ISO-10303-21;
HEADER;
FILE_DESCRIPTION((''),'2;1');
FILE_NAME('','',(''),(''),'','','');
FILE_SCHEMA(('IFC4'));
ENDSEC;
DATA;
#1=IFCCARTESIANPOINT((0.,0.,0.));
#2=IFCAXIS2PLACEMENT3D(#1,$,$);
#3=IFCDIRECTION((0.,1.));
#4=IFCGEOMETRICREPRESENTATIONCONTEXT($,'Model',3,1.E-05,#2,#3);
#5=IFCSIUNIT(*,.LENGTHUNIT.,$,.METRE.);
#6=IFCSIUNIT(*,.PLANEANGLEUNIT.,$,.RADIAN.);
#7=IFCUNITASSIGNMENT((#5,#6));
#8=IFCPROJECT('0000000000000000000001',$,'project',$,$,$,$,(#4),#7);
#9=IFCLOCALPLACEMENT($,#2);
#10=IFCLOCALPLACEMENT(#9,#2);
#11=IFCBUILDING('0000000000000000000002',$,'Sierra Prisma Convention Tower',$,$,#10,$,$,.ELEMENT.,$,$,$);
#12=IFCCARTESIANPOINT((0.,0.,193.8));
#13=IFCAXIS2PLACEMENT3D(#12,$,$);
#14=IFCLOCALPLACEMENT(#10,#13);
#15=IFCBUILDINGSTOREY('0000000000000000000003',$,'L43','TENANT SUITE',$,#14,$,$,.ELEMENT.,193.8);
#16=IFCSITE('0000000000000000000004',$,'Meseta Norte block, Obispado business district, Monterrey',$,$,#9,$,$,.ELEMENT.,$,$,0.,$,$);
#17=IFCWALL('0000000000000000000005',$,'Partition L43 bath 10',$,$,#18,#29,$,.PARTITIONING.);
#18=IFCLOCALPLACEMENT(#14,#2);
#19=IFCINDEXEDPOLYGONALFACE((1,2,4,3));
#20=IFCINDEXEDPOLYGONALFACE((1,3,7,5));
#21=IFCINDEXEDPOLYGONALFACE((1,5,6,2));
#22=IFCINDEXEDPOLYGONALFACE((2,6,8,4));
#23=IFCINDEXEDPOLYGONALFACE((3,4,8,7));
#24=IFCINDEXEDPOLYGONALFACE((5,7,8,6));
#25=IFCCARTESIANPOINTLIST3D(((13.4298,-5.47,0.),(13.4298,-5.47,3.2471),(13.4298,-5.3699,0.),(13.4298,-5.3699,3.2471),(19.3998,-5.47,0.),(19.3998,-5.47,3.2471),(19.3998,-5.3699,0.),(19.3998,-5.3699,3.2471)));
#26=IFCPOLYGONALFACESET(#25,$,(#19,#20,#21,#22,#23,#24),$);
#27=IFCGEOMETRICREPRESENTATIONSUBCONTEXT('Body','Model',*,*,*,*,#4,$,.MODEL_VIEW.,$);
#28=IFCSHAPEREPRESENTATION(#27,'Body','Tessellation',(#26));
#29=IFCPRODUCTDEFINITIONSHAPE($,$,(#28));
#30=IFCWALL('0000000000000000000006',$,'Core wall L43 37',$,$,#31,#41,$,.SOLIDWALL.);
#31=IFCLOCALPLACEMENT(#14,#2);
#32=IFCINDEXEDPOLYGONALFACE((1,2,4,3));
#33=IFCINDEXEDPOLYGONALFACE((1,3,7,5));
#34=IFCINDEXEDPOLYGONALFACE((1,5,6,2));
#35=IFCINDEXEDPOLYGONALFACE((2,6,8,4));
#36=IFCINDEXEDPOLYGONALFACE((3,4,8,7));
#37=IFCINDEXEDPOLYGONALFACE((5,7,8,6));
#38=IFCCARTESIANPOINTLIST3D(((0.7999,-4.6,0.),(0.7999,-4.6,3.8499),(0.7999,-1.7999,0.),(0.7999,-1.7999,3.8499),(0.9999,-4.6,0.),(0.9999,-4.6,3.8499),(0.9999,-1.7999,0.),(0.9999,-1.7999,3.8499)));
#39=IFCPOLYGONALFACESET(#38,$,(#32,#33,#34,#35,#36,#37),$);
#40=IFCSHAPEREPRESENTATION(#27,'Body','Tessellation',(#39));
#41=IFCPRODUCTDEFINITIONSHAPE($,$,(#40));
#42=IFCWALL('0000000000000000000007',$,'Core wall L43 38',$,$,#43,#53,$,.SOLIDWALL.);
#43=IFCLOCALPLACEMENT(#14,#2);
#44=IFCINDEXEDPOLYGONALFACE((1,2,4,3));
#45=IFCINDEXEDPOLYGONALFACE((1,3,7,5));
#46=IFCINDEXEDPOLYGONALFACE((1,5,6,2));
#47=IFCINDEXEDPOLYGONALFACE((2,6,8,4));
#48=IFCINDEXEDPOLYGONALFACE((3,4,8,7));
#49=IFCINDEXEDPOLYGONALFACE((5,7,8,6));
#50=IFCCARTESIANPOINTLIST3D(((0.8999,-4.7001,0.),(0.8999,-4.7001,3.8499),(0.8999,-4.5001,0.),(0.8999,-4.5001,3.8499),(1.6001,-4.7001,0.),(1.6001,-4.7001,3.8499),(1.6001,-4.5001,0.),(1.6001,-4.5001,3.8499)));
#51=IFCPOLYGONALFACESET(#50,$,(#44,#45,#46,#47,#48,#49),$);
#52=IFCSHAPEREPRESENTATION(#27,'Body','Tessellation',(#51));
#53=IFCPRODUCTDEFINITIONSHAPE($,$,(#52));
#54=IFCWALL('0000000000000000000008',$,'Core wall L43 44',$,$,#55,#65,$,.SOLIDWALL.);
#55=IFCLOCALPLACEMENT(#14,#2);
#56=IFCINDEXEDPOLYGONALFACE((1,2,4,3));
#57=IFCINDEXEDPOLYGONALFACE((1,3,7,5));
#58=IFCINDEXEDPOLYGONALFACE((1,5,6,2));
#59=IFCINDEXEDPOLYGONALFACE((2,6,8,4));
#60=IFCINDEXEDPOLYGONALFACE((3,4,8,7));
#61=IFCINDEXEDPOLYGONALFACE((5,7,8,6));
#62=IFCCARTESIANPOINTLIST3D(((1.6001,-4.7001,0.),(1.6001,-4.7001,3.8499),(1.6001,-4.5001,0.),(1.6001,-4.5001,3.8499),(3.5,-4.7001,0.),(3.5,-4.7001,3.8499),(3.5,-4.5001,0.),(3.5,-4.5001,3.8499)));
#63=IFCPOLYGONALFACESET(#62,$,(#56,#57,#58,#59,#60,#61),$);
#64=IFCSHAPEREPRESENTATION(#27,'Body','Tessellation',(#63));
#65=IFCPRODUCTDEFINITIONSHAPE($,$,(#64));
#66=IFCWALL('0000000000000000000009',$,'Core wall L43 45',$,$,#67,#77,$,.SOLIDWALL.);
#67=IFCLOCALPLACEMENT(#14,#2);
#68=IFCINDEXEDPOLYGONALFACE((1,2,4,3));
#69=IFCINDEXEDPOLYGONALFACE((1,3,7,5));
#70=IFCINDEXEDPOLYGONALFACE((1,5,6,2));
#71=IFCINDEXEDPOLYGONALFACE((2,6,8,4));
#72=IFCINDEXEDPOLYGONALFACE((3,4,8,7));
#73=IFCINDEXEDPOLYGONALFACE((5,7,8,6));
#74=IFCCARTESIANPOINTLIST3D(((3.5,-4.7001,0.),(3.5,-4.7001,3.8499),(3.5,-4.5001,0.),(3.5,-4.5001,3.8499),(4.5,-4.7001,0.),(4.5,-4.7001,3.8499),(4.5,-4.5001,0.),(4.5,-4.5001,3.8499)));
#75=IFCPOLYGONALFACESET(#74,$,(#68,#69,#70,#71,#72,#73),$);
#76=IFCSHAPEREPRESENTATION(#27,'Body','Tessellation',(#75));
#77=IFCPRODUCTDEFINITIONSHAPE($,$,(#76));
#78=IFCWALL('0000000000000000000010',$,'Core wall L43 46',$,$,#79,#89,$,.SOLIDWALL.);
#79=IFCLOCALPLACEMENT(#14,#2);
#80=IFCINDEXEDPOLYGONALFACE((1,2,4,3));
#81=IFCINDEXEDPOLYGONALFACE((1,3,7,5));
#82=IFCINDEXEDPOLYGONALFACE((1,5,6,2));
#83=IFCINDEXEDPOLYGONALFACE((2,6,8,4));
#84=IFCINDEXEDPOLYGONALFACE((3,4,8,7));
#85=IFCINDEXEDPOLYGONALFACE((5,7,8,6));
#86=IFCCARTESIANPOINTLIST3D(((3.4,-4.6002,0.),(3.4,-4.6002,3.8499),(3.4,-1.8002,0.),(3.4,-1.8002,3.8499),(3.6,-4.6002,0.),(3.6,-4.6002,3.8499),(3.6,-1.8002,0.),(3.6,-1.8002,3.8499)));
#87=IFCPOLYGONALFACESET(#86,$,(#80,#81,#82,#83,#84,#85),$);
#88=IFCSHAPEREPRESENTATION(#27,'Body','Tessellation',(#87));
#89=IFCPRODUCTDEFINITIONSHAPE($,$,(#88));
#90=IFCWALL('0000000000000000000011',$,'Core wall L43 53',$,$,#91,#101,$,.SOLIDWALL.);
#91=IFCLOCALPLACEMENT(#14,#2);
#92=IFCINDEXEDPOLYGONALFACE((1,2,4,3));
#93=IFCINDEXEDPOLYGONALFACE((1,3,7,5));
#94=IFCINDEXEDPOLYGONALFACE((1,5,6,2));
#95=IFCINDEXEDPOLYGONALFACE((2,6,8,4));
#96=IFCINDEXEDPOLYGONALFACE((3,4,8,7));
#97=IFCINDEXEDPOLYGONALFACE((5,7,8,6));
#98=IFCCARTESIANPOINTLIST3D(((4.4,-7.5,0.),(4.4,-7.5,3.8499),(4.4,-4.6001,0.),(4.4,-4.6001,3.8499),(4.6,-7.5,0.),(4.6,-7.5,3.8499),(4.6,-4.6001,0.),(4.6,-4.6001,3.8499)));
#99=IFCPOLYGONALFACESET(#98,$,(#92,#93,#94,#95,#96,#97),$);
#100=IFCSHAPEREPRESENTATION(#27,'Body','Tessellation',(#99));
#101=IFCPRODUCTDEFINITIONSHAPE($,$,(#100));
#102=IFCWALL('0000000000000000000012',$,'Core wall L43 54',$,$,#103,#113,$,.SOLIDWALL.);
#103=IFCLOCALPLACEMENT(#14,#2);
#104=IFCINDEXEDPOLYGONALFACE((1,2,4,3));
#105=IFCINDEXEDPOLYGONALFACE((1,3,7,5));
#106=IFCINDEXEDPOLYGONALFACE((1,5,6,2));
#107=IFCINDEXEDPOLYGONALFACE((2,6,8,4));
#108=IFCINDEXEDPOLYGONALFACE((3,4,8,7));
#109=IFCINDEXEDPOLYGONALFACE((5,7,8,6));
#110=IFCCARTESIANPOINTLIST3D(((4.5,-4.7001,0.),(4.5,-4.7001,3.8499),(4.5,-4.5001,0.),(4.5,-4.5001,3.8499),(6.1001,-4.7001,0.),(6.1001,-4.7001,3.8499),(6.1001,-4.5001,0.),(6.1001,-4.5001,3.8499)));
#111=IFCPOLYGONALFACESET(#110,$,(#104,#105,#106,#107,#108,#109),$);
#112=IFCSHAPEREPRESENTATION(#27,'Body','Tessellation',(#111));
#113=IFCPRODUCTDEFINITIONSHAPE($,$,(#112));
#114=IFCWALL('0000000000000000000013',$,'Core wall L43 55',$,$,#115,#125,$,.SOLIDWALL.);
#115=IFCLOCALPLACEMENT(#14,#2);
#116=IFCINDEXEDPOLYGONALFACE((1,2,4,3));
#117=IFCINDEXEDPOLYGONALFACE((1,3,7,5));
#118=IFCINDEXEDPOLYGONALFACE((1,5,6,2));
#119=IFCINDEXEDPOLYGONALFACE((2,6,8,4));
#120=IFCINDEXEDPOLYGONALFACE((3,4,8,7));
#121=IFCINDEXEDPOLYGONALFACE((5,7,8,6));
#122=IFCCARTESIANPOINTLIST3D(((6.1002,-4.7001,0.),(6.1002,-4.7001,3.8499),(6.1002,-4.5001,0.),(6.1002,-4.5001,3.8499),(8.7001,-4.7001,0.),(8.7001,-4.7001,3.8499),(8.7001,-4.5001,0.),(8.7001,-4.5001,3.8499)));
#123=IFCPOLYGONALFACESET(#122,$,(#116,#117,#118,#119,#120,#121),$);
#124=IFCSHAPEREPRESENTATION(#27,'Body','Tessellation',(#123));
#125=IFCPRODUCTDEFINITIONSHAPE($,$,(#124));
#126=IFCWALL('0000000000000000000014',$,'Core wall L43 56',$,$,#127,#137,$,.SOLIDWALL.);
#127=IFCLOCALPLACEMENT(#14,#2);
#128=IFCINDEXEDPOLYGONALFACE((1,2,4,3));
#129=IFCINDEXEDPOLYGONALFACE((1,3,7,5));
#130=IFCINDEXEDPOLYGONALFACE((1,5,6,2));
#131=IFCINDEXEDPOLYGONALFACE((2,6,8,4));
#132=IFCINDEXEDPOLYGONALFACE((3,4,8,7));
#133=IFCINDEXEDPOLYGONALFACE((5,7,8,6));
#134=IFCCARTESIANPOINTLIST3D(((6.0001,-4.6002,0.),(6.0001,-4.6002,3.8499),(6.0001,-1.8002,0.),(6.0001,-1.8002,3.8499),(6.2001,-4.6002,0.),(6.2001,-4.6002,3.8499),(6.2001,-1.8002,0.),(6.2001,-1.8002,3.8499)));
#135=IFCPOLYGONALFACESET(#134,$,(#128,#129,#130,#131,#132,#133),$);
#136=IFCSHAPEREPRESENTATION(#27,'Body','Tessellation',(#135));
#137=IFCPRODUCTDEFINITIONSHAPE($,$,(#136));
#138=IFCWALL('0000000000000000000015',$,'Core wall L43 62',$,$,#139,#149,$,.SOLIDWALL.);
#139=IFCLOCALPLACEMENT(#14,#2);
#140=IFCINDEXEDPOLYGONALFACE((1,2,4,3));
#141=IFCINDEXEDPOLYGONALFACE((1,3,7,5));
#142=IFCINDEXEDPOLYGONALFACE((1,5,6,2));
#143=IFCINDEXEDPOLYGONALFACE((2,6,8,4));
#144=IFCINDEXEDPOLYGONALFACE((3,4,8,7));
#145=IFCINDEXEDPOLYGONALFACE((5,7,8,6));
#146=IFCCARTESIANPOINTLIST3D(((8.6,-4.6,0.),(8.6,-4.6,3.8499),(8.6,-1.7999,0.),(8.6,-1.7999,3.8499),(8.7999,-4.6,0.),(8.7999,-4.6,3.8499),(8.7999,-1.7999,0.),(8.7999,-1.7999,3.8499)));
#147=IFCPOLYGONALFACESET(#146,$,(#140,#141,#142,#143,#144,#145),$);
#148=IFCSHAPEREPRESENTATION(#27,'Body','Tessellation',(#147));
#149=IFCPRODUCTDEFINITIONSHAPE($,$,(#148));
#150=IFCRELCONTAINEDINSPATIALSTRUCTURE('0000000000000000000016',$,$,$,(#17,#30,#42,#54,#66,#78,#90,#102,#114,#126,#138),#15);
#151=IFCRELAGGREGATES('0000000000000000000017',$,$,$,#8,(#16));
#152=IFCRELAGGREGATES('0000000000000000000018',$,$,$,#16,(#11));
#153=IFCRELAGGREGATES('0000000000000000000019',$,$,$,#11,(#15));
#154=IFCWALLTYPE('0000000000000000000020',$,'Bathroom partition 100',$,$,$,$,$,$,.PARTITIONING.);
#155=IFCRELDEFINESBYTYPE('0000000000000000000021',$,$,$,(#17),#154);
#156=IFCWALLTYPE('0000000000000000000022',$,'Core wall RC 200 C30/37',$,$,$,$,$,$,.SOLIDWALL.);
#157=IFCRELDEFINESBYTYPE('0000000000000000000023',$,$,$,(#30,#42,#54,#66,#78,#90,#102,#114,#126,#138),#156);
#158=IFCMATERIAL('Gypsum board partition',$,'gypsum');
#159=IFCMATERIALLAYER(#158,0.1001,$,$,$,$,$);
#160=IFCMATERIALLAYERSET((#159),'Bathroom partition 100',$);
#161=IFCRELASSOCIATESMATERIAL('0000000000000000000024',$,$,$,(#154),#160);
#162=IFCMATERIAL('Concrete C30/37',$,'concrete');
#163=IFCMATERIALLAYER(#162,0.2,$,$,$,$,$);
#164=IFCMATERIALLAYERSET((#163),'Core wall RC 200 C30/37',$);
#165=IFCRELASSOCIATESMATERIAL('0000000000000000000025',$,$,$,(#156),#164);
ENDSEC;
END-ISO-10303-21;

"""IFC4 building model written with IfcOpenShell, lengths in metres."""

from ifc_helpers import new_model, si_unit, direction, frame, frame_2d, origin, place, context, subcontext, project, spatial, rectangle, extrude, material, layer, layer_set, type_object, element, save


model = new_model("IFC4")

# Units and contexts
model_context = context("Model", 3, precision=1e-05, world=origin(), true_north=direction((0.0, 1.0)))
body_context = subcontext(model_context, "Body", "Model", "MODEL_VIEW")
ifc_project = project(units=[si_unit("LENGTHUNIT", "METRE"), si_unit("PLANEANGLEUNIT", "RADIAN")], contexts=[model_context])

# Site, building, storey
site_placement = place(None, origin())
site = spatial("IfcSite", under=ifc_project, at=site_placement, Name="Meseta Norte block, Obispado business district, Monterrey", CompositionType="ELEMENT", RefElevation=0.0)
building_placement = place(site_placement, origin())
building = spatial("IfcBuilding", under=site, at=building_placement, Name="Sierra Prisma Convention Tower", CompositionType="ELEMENT")
storey_placement = place(building_placement, frame((0.0, 0.0, 193.8)))
storey = spatial("IfcBuildingStorey", under=building, at=storey_placement, Name="L43", Description="TENANT SUITE", CompositionType="ELEMENT", Elevation=193.8)

# Wall
ifc_material_1 = material(Name="Gypsum board partition", Category="gypsum")
ifc_layer_1 = layer(ifc_material_1, 0.1001)
ifc_layer_set_1 = layer_set([ifc_layer_1], Name="Bathroom partition 100")
wall_type_1 = type_object("IfcWallType", Name="Bathroom partition 100", PredefinedType="PARTITIONING", material=ifc_layer_set_1)
wall_1_placement = place(storey_placement, frame((13.4299, -5.4199, 0.0), z_axis=(0.0, 0.0, 1.0), x_axis=(1.0, 0.0, 0.0)))
element("IfcWall", 1, at=wall_1_placement, inside=storey, type_object=wall_type_1, Name="Partition L43 bath 10", PredefinedType="PARTITIONING", context=body_context, shape_type="SweptSolid", body=[
    extrude(rectangle(XDim=5.97, YDim=0.1001, at=frame_2d((2.9849, 0.0))), origin(), (0.0, 0.0, 1.0), 3.2471),
])

# Shared definitions
ifc_material_2 = material(Name="Concrete C30/37", Category="concrete")
ifc_layer_2 = layer(ifc_material_2, 0.2)
ifc_layer_set_2 = layer_set([ifc_layer_2], Name="Core wall RC 200 C30/37")
wall_type_2 = type_object("IfcWallType", Name="Core wall RC 200 C30/37", PredefinedType="SOLIDWALL", material=ifc_layer_set_2)

# Walls
wall_2_placement = place(storey_placement, frame((0.8999, -1.8, 0.0), z_axis=(0.0, 0.0, 1.0), x_axis=(0.0, -1.0, 0.0)))
element("IfcWall", 2, at=wall_2_placement, inside=storey, type_object=wall_type_2, Name="Core wall L43 37", PredefinedType="SOLIDWALL", context=body_context, shape_type="SweptSolid", body=[
    extrude(rectangle(XDim=2.8, YDim=0.2, at=frame_2d((1.3999, 0.0))), origin(), (0.0, 0.0, 1.0), 3.8499),
])
wall_3_placement = place(storey_placement, frame((0.8999, -4.6001, 0.0), z_axis=(0.0, 0.0, 1.0), x_axis=(1.0, 0.0, 0.0)))
element("IfcWall", 3, at=wall_3_placement, inside=storey, type_object=wall_type_2, Name="Core wall L43 38", PredefinedType="SOLIDWALL", context=body_context, shape_type="SweptSolid", body=[
    extrude(rectangle(XDim=0.7002, YDim=0.2, at=frame_2d((0.3501, 0.0))), origin(), (0.0, 0.0, 1.0), 3.8499),
])

# Walls
wall_4_placement = place(storey_placement, frame((3.5, -4.6001, 0.0), z_axis=(0.0, 0.0, 1.0), x_axis=(-1.0, 0.0, 0.0)))
element("IfcWall", 4, at=wall_4_placement, inside=storey, type_object=wall_type_2, Name="Core wall L43 44", PredefinedType="SOLIDWALL", context=body_context, shape_type="SweptSolid", body=[
    extrude(rectangle(XDim=1.8999, YDim=0.2, at=frame_2d((0.95, 0.0))), origin(), (0.0, 0.0, 1.0), 3.8499),
])
wall_5_placement = place(storey_placement, frame((4.5, -4.6001, 0.0), z_axis=(0.0, 0.0, 1.0), x_axis=(-1.0, 0.0, 0.0)))
element("IfcWall", 5, at=wall_5_placement, inside=storey, type_object=wall_type_2, Name="Core wall L43 45", PredefinedType="SOLIDWALL", context=body_context, shape_type="SweptSolid", body=[
    extrude(rectangle(XDim=1.0, YDim=0.2, at=frame_2d((0.5, 0.0))), origin(), (0.0, 0.0, 1.0), 3.8499),
])
wall_6_placement = place(storey_placement, frame((3.5, -4.6001, 0.0), z_axis=(0.0, 0.0, 1.0), x_axis=(0.0, 1.0, 0.0)))
element("IfcWall", 6, at=wall_6_placement, inside=storey, type_object=wall_type_2, Name="Core wall L43 46", PredefinedType="SOLIDWALL", context=body_context, shape_type="SweptSolid", body=[
    extrude(rectangle(XDim=2.8, YDim=0.2, at=frame_2d((1.3999, 0.0))), origin(), (0.0, 0.0, 1.0), 3.8499),
])

# Walls
wall_7_placement = place(storey_placement, frame((4.5, -4.6001, 0.0), z_axis=(0.0, 0.0, 1.0), x_axis=(0.0, -1.0, 0.0)))
element("IfcWall", 7, at=wall_7_placement, inside=storey, type_object=wall_type_2, Name="Core wall L43 53", PredefinedType="SOLIDWALL", context=body_context, shape_type="SweptSolid", body=[
    extrude(rectangle(XDim=2.8999, YDim=0.2, at=frame_2d((1.45, 0.0))), origin(), (0.0, 0.0, 1.0), 3.8499),
])
wall_8_placement = place(storey_placement, frame((6.1001, -4.6001, 0.0), z_axis=(0.0, 0.0, 1.0), x_axis=(-1.0, 0.0, 0.0)))
element("IfcWall", 8, at=wall_8_placement, inside=storey, type_object=wall_type_2, Name="Core wall L43 54", PredefinedType="SOLIDWALL", context=body_context, shape_type="SweptSolid", body=[
    extrude(rectangle(XDim=1.6001, YDim=0.2, at=frame_2d((0.8, 0.0))), origin(), (0.0, 0.0, 1.0), 3.8499),
])
wall_9_placement = place(storey_placement, frame((8.7, -4.6001, 0.0), z_axis=(0.0, 0.0, 1.0), x_axis=(-1.0, 0.0, 0.0)))
element("IfcWall", 9, at=wall_9_placement, inside=storey, type_object=wall_type_2, Name="Core wall L43 55", PredefinedType="SOLIDWALL", context=body_context, shape_type="SweptSolid", body=[
    extrude(rectangle(XDim=2.5999, YDim=0.2, at=frame_2d((1.2998, 0.0))), origin(), (0.0, 0.0, 1.0), 3.8499),
])
wall_10_placement = place(storey_placement, frame((6.1001, -4.6001, 0.0), z_axis=(0.0, 0.0, 1.0), x_axis=(0.0, 1.0, 0.0)))
element("IfcWall", 10, at=wall_10_placement, inside=storey, type_object=wall_type_2, Name="Core wall L43 56", PredefinedType="SOLIDWALL", context=body_context, shape_type="SweptSolid", body=[
    extrude(rectangle(XDim=2.8, YDim=0.2, at=frame_2d((1.3999, 0.0))), origin(), (0.0, 0.0, 1.0), 3.8499),
])

# Wall
wall_11_placement = place(storey_placement, frame((8.7, -1.8, 0.0), z_axis=(0.0, 0.0, 1.0), x_axis=(0.0, -1.0, 0.0)))
element("IfcWall", 11, at=wall_11_placement, inside=storey, type_object=wall_type_2, Name="Core wall L43 62", PredefinedType="SOLIDWALL", context=body_context, shape_type="SweptSolid", body=[
    extrude(rectangle(XDim=2.8, YDim=0.2, at=frame_2d((1.3999, 0.0))), origin(), (0.0, 0.0, 1.0), 3.8499),
])

save(model, "model.ifc")
